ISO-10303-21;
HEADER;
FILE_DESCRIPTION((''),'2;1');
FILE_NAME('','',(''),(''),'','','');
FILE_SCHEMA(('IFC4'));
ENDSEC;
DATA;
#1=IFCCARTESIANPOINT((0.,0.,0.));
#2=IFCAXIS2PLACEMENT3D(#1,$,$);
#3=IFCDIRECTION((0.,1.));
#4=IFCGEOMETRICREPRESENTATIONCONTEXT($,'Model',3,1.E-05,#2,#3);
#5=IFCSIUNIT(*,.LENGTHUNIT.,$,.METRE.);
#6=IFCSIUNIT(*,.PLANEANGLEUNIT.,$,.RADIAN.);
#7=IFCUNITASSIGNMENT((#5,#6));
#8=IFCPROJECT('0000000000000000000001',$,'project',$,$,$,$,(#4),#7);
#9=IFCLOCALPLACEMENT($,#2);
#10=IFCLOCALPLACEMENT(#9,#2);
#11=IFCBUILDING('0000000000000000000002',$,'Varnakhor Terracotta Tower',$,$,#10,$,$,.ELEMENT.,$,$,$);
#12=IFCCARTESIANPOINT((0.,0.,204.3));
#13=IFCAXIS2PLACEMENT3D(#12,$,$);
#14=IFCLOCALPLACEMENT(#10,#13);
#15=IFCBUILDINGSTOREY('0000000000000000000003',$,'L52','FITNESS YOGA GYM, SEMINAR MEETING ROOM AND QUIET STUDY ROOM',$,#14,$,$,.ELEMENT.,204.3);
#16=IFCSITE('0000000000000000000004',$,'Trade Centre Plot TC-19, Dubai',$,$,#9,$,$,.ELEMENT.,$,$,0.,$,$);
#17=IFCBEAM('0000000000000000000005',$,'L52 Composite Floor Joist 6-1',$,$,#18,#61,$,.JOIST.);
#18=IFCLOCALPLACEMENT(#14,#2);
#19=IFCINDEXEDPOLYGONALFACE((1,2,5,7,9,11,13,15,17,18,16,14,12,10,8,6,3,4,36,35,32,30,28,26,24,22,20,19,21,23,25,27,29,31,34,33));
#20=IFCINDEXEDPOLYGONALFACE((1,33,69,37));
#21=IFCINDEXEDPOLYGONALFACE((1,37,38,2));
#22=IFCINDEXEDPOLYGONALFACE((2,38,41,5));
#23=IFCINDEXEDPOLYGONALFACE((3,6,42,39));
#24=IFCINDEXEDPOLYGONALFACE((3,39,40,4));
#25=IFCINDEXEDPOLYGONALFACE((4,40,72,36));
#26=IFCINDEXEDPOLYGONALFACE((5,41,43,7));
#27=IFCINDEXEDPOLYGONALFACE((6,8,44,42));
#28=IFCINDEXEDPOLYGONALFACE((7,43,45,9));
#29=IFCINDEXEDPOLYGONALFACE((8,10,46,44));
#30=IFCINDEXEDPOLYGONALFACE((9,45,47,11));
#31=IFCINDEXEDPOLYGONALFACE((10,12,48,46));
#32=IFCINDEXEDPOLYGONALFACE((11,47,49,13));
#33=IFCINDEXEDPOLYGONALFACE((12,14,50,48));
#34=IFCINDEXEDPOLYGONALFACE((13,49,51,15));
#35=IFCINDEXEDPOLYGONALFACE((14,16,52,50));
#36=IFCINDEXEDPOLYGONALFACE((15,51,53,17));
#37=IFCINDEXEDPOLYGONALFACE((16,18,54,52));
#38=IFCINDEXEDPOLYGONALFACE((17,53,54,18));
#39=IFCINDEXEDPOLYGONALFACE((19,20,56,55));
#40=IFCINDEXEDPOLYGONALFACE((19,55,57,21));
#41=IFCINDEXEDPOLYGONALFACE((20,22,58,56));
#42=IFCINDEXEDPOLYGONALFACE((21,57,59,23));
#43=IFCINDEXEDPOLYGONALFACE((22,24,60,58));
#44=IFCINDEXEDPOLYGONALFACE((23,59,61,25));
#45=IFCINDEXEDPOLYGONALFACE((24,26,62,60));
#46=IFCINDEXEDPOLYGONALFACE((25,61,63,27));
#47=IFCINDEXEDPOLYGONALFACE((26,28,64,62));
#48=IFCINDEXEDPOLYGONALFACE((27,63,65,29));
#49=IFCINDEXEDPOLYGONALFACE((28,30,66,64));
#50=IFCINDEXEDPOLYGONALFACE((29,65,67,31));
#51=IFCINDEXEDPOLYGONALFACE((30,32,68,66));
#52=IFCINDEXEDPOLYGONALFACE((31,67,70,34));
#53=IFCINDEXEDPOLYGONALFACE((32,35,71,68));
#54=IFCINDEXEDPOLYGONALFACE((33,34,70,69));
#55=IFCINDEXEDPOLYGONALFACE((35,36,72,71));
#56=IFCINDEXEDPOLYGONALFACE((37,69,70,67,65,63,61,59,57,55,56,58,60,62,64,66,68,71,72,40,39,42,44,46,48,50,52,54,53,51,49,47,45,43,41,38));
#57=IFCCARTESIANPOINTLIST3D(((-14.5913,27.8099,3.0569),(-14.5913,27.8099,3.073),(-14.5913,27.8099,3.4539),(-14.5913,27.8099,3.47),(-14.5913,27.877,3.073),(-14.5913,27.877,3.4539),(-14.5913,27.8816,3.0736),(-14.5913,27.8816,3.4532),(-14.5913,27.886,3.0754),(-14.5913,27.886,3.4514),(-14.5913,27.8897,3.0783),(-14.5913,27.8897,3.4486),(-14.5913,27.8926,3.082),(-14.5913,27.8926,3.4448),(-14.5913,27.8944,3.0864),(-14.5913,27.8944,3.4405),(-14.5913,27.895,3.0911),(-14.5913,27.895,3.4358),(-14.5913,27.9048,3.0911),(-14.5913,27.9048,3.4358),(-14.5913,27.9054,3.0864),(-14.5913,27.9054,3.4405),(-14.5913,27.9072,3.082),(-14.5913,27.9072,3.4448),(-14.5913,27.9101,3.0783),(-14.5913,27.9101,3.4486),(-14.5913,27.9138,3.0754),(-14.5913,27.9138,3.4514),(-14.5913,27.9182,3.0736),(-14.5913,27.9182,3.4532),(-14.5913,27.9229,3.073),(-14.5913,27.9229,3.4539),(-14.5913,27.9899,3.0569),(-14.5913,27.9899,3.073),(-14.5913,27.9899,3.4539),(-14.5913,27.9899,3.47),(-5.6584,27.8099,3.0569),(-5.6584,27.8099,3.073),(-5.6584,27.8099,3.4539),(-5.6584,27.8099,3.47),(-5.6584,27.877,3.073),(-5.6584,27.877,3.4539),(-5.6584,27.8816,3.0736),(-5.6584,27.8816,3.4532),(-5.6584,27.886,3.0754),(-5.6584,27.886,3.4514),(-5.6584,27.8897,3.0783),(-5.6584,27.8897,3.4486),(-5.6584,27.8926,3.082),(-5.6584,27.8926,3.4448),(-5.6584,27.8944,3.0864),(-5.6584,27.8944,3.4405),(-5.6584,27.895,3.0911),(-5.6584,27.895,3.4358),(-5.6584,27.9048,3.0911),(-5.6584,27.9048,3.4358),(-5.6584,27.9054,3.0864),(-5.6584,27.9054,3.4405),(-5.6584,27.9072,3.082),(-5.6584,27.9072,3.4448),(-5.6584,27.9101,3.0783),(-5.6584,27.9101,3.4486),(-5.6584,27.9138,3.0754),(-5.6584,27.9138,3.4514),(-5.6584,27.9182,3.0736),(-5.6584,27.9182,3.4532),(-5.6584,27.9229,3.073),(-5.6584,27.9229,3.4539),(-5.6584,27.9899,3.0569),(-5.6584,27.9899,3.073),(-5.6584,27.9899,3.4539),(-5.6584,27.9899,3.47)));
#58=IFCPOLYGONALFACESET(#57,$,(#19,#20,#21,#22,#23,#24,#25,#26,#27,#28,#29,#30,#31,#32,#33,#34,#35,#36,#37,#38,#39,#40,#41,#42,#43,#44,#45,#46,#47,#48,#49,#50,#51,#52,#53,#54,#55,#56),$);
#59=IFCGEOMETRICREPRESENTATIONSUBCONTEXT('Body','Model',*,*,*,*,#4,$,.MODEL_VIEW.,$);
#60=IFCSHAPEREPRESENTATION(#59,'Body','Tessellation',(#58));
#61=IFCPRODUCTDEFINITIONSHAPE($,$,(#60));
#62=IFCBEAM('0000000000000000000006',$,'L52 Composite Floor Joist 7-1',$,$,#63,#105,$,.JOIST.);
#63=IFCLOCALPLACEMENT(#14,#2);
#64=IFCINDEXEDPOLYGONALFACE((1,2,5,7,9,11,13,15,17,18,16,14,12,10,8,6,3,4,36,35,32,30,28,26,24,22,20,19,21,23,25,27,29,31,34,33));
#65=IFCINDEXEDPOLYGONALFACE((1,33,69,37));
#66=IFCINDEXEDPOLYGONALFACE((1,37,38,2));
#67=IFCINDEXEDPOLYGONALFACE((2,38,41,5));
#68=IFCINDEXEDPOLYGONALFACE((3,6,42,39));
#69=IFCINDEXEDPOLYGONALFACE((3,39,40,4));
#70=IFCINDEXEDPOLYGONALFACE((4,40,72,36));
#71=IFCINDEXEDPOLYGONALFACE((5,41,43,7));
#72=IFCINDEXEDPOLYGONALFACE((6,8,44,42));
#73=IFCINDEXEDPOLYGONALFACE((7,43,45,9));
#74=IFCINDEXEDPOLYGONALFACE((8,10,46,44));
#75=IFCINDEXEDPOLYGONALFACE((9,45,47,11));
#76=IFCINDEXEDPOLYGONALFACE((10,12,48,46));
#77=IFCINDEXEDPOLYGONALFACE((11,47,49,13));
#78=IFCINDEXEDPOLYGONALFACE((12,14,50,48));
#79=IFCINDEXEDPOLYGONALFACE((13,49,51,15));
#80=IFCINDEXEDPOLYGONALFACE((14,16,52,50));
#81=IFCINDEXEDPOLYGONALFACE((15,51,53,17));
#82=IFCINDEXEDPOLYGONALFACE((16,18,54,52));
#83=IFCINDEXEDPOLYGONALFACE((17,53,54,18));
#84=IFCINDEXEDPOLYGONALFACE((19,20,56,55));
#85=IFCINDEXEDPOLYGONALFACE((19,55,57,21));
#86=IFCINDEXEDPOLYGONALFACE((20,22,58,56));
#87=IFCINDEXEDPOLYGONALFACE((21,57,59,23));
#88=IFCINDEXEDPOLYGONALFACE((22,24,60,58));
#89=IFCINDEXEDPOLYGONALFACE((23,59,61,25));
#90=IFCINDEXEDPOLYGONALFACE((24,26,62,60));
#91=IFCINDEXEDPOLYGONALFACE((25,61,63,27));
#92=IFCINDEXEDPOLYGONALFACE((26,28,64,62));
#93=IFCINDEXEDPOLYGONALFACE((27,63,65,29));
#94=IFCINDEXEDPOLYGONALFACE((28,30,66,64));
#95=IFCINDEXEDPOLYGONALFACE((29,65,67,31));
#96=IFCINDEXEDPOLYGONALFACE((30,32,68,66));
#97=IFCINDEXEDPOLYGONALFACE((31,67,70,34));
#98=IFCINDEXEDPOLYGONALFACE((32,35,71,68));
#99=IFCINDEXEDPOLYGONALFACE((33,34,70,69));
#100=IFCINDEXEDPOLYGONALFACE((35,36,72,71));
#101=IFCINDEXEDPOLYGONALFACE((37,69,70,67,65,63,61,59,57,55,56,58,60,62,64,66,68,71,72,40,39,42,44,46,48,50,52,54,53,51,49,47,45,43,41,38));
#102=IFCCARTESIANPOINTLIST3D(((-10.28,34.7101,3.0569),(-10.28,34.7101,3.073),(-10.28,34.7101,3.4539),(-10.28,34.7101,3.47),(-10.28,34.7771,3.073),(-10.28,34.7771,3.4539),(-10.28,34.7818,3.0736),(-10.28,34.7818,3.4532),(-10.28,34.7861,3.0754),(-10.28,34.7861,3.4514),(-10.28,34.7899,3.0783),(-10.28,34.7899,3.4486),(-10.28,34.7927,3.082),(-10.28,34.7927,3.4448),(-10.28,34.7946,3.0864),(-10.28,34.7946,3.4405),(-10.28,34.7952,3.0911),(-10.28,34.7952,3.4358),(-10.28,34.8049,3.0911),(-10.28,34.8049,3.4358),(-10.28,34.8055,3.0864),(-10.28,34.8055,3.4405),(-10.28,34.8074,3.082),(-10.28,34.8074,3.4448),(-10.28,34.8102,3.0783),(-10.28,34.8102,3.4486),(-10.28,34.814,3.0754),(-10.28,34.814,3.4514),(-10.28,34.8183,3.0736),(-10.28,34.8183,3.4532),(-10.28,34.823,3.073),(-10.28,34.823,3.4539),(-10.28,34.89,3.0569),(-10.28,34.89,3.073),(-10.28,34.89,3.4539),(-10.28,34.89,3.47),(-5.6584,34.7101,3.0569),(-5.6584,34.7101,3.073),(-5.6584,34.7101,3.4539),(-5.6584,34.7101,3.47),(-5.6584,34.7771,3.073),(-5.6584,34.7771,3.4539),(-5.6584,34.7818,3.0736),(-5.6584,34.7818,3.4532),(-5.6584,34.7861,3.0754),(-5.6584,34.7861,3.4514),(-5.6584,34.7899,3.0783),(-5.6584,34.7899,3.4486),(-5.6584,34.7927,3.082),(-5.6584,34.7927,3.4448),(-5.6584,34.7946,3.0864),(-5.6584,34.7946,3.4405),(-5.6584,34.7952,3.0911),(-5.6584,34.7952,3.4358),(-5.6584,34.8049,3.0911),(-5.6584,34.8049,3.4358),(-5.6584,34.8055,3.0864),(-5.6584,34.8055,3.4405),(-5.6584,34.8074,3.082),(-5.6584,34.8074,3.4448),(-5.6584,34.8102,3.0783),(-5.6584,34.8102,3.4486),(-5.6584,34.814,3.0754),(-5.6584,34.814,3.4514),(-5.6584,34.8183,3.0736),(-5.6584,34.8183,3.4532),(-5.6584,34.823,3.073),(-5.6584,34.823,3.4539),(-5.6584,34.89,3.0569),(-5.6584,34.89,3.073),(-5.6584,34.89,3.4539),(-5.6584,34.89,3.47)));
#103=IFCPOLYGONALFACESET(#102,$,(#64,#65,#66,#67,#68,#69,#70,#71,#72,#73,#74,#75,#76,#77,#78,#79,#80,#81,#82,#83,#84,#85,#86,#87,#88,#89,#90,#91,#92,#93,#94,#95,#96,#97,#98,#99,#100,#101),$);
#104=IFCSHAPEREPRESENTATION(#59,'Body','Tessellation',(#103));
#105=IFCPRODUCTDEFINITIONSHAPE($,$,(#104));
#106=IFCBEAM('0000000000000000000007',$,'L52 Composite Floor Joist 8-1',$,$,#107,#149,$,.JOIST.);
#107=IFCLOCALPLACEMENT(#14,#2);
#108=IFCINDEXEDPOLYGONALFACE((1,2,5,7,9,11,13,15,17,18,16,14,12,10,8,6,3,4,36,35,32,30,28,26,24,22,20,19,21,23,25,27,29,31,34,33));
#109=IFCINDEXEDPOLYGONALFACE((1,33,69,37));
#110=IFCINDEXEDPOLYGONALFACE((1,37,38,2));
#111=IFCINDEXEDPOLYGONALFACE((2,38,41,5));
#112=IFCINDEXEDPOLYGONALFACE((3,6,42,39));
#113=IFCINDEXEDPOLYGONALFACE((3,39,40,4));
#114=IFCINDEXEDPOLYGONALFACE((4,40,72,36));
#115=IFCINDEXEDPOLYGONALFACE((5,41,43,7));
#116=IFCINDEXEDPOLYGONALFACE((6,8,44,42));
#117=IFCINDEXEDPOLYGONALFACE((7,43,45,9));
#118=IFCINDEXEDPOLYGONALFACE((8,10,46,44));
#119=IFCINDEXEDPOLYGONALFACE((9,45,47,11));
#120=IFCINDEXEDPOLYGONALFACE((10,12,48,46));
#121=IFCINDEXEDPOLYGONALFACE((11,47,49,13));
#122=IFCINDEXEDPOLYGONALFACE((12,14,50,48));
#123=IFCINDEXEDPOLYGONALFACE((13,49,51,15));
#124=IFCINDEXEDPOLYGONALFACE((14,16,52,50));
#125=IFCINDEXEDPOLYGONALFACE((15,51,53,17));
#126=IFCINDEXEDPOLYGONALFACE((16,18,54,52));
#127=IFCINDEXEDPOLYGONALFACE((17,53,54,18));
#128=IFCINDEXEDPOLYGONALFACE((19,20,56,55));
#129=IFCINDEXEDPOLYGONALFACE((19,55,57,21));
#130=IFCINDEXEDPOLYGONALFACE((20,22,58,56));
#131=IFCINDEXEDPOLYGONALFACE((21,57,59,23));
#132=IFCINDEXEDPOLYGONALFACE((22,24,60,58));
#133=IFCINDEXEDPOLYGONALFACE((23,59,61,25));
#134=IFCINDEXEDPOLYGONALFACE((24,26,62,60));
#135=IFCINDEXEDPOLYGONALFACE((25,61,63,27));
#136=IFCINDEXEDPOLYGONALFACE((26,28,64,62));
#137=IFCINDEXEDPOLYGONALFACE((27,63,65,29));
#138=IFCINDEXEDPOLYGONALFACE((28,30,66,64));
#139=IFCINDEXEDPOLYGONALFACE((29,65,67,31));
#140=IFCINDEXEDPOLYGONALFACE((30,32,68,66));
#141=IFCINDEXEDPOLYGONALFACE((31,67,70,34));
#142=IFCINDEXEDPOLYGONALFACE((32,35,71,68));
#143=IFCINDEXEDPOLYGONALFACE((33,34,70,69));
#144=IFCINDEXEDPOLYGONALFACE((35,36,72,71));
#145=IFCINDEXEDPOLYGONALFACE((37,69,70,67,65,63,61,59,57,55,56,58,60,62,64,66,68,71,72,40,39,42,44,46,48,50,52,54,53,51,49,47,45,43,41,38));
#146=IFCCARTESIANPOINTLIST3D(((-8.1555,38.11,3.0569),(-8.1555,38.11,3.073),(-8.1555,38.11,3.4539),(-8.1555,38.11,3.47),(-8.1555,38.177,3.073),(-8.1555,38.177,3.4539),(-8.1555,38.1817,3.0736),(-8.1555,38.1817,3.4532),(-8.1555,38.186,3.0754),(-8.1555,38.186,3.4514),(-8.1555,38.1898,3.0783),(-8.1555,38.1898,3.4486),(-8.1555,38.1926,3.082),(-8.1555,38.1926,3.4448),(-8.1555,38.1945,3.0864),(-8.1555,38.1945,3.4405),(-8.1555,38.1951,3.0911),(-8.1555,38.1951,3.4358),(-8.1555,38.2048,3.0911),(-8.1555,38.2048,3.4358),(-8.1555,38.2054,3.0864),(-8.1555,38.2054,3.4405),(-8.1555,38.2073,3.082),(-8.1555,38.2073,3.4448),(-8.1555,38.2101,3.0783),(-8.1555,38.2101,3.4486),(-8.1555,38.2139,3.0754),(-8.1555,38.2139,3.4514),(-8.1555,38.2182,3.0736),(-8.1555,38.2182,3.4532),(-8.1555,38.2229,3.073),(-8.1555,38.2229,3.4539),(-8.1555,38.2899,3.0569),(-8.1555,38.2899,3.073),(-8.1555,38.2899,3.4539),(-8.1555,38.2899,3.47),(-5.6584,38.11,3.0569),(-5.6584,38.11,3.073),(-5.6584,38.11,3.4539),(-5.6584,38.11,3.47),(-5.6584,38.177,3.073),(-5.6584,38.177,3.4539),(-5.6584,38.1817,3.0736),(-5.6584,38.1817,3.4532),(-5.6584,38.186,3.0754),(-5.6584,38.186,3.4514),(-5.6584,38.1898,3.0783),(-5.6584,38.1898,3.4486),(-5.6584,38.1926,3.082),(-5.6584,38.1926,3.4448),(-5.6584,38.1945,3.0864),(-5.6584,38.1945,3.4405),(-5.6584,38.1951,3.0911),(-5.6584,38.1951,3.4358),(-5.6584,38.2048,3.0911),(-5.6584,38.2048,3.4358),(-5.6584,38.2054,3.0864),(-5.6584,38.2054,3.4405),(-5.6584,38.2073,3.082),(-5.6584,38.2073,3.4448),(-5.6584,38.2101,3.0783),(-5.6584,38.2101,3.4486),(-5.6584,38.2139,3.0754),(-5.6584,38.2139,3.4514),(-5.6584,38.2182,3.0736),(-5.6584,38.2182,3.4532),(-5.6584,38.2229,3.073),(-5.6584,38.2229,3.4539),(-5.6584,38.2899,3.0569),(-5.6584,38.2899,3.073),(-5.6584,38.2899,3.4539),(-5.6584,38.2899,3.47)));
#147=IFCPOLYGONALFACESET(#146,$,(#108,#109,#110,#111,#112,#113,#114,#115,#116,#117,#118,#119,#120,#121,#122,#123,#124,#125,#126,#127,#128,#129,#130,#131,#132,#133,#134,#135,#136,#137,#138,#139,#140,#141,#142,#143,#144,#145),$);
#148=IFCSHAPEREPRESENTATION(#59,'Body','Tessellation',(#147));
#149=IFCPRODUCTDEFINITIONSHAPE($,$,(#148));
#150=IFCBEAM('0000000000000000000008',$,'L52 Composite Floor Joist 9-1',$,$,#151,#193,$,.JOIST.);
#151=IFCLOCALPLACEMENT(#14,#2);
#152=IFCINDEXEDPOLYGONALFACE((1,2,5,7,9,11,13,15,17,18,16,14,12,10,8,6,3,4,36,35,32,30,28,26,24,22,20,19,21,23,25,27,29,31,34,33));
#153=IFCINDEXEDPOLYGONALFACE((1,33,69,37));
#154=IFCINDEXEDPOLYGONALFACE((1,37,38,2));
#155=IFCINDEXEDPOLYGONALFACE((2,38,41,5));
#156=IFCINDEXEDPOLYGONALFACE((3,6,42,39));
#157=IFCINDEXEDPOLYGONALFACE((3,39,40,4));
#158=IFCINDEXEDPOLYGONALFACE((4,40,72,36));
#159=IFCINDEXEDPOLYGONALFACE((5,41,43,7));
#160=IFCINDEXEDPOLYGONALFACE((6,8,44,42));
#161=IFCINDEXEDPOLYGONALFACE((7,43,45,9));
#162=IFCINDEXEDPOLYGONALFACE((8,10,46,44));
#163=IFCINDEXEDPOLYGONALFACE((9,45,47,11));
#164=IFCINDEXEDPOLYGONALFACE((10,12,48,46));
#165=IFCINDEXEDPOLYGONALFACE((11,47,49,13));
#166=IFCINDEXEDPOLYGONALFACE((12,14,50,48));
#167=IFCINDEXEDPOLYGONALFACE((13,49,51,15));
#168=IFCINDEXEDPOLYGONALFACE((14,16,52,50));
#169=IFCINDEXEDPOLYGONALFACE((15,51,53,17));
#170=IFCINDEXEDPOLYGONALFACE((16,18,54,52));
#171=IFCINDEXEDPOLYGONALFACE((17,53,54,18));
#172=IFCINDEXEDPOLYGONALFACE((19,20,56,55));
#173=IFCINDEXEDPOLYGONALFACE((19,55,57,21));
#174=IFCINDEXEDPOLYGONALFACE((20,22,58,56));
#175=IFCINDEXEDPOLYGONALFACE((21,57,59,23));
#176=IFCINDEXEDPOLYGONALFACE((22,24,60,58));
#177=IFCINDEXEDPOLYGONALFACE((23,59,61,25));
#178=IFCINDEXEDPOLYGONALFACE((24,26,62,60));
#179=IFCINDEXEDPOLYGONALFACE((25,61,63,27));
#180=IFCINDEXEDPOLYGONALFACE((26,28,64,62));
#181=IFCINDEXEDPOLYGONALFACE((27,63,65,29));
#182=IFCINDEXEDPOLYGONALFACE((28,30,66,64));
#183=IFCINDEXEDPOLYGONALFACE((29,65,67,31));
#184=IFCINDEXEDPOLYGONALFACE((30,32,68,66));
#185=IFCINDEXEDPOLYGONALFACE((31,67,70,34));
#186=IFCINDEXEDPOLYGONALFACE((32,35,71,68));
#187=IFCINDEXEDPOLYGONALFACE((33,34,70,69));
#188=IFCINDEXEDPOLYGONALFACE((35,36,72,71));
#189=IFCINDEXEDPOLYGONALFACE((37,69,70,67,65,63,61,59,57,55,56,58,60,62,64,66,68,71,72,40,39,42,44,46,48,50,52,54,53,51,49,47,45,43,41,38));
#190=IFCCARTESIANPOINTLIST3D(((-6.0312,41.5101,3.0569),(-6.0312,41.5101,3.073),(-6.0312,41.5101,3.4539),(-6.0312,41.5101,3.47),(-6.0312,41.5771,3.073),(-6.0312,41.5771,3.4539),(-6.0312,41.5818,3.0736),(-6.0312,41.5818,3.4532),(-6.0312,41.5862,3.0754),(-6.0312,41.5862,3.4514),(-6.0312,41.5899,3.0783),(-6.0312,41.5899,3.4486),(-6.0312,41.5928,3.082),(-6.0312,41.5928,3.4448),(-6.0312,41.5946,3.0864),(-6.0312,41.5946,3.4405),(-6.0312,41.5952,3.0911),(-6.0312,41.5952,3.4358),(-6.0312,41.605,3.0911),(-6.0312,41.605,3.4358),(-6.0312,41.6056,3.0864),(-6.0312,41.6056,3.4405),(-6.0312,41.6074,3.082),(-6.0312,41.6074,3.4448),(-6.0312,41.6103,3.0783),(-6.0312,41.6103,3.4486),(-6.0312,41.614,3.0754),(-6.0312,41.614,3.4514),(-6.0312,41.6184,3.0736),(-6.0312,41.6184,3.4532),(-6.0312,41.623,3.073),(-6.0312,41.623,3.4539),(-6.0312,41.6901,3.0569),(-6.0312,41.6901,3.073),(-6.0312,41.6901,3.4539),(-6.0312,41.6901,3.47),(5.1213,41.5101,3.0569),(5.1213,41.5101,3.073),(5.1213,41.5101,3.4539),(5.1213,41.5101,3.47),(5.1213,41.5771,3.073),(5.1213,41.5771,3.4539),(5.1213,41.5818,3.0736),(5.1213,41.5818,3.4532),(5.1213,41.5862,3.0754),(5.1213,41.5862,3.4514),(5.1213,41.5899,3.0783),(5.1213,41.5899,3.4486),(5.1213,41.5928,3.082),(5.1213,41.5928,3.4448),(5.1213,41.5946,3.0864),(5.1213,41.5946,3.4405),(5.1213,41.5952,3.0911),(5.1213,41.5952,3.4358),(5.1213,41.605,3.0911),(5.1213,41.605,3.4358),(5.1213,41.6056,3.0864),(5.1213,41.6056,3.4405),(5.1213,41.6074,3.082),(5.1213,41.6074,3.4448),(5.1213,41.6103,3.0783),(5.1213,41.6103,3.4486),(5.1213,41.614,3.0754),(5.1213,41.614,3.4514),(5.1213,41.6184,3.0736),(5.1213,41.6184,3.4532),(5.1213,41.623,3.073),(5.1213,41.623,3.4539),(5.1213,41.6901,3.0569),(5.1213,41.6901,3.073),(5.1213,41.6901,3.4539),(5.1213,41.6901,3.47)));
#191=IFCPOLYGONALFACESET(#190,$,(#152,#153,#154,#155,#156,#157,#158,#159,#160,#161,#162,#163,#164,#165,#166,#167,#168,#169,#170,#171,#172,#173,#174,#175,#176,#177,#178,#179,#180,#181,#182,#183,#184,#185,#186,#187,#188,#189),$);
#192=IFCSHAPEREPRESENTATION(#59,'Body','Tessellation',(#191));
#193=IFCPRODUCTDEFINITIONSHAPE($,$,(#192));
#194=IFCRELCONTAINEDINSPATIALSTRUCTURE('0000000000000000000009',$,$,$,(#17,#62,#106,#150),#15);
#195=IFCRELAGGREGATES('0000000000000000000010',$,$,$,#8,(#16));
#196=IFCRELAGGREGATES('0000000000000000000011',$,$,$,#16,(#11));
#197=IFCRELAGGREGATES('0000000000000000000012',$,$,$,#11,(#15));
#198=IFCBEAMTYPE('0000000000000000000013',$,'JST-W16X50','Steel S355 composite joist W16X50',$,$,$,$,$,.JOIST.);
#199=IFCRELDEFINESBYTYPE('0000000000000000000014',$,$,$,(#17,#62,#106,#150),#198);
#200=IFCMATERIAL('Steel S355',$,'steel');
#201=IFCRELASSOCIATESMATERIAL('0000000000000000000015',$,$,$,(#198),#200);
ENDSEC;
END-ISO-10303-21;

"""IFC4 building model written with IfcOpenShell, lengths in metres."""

from ifc_helpers import new_model, si_unit, direction, frame, origin, origin_2d, place, context, subcontext, project, spatial, i_section, extrude, source, transform, mapped, material, material_profile, profile_set, type_object, element, save


model = new_model("IFC4")

# Units and contexts
model_context = context("Model", 3, precision=1e-05, world=origin(), true_north=direction((0.0, 1.0)))
body_context = subcontext(model_context, "Body", "Model", "MODEL_VIEW")
ifc_project = project(units=[si_unit("LENGTHUNIT", "METRE"), si_unit("PLANEANGLEUNIT", "RADIAN")], contexts=[model_context])

# Site, building, storey
site_placement = place(None, origin())
site = spatial("IfcSite", under=ifc_project, at=site_placement, Name="Trade Centre Plot TC-19, Dubai", CompositionType="ELEMENT", RefElevation=0.0)
building_placement = place(site_placement, origin())
building = spatial("IfcBuilding", under=site, at=building_placement, Name="Varnakhor Terracotta Tower", CompositionType="ELEMENT")
storey_placement = place(building_placement, frame((0.0, 0.0, 204.3)))
storey = spatial("IfcBuildingStorey", under=building, at=storey_placement, Name="L52", Description="FITNESS YOGA GYM, SEMINAR MEETING ROOM AND QUIET STUDY ROOM", CompositionType="ELEMENT", Elevation=204.3)

# Beams
ifc_material_1 = material(Name="Steel S355", Category="steel")
ifc_material_profile_1 = material_profile(ifc_material_1, i_section(OverallWidth=0.1799, OverallDepth=0.4131, WebThickness=0.0098, FlangeThickness=0.0161, FilletRadius=0.0181, at=origin_2d()), Name="W16X50")
ifc_profile_set_1 = profile_set([ifc_material_profile_1], Name="Steel S355")
beam_type_1 = type_object("IfcBeamType", Name="JST-W16X50", Description="Steel S355 composite joist W16X50", PredefinedType="JOIST", material=ifc_profile_set_1)
shared_shape_1 = source(origin(), body_context, "Body", "SweptSolid", [
    extrude(i_section(OverallWidth=0.1799, OverallDepth=0.4131, WebThickness=0.0098, FlangeThickness=0.0161, FilletRadius=0.0181, at=origin_2d()), origin(), (0.0, 0.0, 1.0), 8.9329),
])
beam_1_placement = place(storey_placement, frame((-14.5913, 27.8999, 3.2634), z_axis=(1.0, 0.0, 0.0), x_axis=(0.0, 1.0, 0.0)))
element("IfcBeam", 1, at=beam_1_placement, inside=storey, type_object=beam_type_1, Name="L52 Composite Floor Joist 6-1", PredefinedType="JOIST", context=body_context, shape_type="MappedRepresentation", body=[
    mapped(shared_shape_1, transform((0.0, 0.0, 0.0), scale=1.0)),
])
shared_shape_2 = source(origin(), body_context, "Body", "SweptSolid", [
    extrude(i_section(OverallWidth=0.1799, OverallDepth=0.4131, WebThickness=0.0098, FlangeThickness=0.0161, FilletRadius=0.0181, at=origin_2d()), origin(), (0.0, 0.0, 1.0), 4.6216),
])
beam_2_placement = place(storey_placement, frame((-10.28, 34.8, 3.2634), z_axis=(1.0, 0.0, 0.0), x_axis=(0.0, 1.0, 0.0)))
element("IfcBeam", 2, at=beam_2_placement, inside=storey, type_object=beam_type_1, Name="L52 Composite Floor Joist 7-1", PredefinedType="JOIST", context=body_context, shape_type="MappedRepresentation", body=[
    mapped(shared_shape_2, transform((0.0, 0.0, 0.0), scale=1.0)),
])
shared_shape_3 = source(origin(), body_context, "Body", "SweptSolid", [
    extrude(i_section(OverallWidth=0.1799, OverallDepth=0.4131, WebThickness=0.0098, FlangeThickness=0.0161, FilletRadius=0.0181, at=origin_2d()), origin(), (0.0, 0.0, 1.0), 2.4971),
])
beam_3_placement = place(storey_placement, frame((-8.1555, 38.2, 3.2634), z_axis=(1.0, 0.0, 0.0), x_axis=(0.0, 1.0, 0.0)))
element("IfcBeam", 3, at=beam_3_placement, inside=storey, type_object=beam_type_1, Name="L52 Composite Floor Joist 8-1", PredefinedType="JOIST", context=body_context, shape_type="MappedRepresentation", body=[
    mapped(shared_shape_3, transform((0.0, 0.0, 0.0), scale=1.0)),
])
shared_shape_4 = source(origin(), body_context, "Body", "SweptSolid", [
    extrude(i_section(OverallWidth=0.1799, OverallDepth=0.4131, WebThickness=0.0098, FlangeThickness=0.0161, FilletRadius=0.0181, at=origin_2d()), origin(), (0.0, 0.0, 1.0), 11.1526),
])
beam_4_placement = place(storey_placement, frame((-6.0312, 41.6001, 3.2634), z_axis=(1.0, 0.0, 0.0), x_axis=(0.0, 1.0, 0.0)))
element("IfcBeam", 4, at=beam_4_placement, inside=storey, type_object=beam_type_1, Name="L52 Composite Floor Joist 9-1", PredefinedType="JOIST", context=body_context, shape_type="MappedRepresentation", body=[
    mapped(shared_shape_4, transform((0.0, 0.0, 0.0), scale=1.0)),
])

save(model, "model.ifc")
